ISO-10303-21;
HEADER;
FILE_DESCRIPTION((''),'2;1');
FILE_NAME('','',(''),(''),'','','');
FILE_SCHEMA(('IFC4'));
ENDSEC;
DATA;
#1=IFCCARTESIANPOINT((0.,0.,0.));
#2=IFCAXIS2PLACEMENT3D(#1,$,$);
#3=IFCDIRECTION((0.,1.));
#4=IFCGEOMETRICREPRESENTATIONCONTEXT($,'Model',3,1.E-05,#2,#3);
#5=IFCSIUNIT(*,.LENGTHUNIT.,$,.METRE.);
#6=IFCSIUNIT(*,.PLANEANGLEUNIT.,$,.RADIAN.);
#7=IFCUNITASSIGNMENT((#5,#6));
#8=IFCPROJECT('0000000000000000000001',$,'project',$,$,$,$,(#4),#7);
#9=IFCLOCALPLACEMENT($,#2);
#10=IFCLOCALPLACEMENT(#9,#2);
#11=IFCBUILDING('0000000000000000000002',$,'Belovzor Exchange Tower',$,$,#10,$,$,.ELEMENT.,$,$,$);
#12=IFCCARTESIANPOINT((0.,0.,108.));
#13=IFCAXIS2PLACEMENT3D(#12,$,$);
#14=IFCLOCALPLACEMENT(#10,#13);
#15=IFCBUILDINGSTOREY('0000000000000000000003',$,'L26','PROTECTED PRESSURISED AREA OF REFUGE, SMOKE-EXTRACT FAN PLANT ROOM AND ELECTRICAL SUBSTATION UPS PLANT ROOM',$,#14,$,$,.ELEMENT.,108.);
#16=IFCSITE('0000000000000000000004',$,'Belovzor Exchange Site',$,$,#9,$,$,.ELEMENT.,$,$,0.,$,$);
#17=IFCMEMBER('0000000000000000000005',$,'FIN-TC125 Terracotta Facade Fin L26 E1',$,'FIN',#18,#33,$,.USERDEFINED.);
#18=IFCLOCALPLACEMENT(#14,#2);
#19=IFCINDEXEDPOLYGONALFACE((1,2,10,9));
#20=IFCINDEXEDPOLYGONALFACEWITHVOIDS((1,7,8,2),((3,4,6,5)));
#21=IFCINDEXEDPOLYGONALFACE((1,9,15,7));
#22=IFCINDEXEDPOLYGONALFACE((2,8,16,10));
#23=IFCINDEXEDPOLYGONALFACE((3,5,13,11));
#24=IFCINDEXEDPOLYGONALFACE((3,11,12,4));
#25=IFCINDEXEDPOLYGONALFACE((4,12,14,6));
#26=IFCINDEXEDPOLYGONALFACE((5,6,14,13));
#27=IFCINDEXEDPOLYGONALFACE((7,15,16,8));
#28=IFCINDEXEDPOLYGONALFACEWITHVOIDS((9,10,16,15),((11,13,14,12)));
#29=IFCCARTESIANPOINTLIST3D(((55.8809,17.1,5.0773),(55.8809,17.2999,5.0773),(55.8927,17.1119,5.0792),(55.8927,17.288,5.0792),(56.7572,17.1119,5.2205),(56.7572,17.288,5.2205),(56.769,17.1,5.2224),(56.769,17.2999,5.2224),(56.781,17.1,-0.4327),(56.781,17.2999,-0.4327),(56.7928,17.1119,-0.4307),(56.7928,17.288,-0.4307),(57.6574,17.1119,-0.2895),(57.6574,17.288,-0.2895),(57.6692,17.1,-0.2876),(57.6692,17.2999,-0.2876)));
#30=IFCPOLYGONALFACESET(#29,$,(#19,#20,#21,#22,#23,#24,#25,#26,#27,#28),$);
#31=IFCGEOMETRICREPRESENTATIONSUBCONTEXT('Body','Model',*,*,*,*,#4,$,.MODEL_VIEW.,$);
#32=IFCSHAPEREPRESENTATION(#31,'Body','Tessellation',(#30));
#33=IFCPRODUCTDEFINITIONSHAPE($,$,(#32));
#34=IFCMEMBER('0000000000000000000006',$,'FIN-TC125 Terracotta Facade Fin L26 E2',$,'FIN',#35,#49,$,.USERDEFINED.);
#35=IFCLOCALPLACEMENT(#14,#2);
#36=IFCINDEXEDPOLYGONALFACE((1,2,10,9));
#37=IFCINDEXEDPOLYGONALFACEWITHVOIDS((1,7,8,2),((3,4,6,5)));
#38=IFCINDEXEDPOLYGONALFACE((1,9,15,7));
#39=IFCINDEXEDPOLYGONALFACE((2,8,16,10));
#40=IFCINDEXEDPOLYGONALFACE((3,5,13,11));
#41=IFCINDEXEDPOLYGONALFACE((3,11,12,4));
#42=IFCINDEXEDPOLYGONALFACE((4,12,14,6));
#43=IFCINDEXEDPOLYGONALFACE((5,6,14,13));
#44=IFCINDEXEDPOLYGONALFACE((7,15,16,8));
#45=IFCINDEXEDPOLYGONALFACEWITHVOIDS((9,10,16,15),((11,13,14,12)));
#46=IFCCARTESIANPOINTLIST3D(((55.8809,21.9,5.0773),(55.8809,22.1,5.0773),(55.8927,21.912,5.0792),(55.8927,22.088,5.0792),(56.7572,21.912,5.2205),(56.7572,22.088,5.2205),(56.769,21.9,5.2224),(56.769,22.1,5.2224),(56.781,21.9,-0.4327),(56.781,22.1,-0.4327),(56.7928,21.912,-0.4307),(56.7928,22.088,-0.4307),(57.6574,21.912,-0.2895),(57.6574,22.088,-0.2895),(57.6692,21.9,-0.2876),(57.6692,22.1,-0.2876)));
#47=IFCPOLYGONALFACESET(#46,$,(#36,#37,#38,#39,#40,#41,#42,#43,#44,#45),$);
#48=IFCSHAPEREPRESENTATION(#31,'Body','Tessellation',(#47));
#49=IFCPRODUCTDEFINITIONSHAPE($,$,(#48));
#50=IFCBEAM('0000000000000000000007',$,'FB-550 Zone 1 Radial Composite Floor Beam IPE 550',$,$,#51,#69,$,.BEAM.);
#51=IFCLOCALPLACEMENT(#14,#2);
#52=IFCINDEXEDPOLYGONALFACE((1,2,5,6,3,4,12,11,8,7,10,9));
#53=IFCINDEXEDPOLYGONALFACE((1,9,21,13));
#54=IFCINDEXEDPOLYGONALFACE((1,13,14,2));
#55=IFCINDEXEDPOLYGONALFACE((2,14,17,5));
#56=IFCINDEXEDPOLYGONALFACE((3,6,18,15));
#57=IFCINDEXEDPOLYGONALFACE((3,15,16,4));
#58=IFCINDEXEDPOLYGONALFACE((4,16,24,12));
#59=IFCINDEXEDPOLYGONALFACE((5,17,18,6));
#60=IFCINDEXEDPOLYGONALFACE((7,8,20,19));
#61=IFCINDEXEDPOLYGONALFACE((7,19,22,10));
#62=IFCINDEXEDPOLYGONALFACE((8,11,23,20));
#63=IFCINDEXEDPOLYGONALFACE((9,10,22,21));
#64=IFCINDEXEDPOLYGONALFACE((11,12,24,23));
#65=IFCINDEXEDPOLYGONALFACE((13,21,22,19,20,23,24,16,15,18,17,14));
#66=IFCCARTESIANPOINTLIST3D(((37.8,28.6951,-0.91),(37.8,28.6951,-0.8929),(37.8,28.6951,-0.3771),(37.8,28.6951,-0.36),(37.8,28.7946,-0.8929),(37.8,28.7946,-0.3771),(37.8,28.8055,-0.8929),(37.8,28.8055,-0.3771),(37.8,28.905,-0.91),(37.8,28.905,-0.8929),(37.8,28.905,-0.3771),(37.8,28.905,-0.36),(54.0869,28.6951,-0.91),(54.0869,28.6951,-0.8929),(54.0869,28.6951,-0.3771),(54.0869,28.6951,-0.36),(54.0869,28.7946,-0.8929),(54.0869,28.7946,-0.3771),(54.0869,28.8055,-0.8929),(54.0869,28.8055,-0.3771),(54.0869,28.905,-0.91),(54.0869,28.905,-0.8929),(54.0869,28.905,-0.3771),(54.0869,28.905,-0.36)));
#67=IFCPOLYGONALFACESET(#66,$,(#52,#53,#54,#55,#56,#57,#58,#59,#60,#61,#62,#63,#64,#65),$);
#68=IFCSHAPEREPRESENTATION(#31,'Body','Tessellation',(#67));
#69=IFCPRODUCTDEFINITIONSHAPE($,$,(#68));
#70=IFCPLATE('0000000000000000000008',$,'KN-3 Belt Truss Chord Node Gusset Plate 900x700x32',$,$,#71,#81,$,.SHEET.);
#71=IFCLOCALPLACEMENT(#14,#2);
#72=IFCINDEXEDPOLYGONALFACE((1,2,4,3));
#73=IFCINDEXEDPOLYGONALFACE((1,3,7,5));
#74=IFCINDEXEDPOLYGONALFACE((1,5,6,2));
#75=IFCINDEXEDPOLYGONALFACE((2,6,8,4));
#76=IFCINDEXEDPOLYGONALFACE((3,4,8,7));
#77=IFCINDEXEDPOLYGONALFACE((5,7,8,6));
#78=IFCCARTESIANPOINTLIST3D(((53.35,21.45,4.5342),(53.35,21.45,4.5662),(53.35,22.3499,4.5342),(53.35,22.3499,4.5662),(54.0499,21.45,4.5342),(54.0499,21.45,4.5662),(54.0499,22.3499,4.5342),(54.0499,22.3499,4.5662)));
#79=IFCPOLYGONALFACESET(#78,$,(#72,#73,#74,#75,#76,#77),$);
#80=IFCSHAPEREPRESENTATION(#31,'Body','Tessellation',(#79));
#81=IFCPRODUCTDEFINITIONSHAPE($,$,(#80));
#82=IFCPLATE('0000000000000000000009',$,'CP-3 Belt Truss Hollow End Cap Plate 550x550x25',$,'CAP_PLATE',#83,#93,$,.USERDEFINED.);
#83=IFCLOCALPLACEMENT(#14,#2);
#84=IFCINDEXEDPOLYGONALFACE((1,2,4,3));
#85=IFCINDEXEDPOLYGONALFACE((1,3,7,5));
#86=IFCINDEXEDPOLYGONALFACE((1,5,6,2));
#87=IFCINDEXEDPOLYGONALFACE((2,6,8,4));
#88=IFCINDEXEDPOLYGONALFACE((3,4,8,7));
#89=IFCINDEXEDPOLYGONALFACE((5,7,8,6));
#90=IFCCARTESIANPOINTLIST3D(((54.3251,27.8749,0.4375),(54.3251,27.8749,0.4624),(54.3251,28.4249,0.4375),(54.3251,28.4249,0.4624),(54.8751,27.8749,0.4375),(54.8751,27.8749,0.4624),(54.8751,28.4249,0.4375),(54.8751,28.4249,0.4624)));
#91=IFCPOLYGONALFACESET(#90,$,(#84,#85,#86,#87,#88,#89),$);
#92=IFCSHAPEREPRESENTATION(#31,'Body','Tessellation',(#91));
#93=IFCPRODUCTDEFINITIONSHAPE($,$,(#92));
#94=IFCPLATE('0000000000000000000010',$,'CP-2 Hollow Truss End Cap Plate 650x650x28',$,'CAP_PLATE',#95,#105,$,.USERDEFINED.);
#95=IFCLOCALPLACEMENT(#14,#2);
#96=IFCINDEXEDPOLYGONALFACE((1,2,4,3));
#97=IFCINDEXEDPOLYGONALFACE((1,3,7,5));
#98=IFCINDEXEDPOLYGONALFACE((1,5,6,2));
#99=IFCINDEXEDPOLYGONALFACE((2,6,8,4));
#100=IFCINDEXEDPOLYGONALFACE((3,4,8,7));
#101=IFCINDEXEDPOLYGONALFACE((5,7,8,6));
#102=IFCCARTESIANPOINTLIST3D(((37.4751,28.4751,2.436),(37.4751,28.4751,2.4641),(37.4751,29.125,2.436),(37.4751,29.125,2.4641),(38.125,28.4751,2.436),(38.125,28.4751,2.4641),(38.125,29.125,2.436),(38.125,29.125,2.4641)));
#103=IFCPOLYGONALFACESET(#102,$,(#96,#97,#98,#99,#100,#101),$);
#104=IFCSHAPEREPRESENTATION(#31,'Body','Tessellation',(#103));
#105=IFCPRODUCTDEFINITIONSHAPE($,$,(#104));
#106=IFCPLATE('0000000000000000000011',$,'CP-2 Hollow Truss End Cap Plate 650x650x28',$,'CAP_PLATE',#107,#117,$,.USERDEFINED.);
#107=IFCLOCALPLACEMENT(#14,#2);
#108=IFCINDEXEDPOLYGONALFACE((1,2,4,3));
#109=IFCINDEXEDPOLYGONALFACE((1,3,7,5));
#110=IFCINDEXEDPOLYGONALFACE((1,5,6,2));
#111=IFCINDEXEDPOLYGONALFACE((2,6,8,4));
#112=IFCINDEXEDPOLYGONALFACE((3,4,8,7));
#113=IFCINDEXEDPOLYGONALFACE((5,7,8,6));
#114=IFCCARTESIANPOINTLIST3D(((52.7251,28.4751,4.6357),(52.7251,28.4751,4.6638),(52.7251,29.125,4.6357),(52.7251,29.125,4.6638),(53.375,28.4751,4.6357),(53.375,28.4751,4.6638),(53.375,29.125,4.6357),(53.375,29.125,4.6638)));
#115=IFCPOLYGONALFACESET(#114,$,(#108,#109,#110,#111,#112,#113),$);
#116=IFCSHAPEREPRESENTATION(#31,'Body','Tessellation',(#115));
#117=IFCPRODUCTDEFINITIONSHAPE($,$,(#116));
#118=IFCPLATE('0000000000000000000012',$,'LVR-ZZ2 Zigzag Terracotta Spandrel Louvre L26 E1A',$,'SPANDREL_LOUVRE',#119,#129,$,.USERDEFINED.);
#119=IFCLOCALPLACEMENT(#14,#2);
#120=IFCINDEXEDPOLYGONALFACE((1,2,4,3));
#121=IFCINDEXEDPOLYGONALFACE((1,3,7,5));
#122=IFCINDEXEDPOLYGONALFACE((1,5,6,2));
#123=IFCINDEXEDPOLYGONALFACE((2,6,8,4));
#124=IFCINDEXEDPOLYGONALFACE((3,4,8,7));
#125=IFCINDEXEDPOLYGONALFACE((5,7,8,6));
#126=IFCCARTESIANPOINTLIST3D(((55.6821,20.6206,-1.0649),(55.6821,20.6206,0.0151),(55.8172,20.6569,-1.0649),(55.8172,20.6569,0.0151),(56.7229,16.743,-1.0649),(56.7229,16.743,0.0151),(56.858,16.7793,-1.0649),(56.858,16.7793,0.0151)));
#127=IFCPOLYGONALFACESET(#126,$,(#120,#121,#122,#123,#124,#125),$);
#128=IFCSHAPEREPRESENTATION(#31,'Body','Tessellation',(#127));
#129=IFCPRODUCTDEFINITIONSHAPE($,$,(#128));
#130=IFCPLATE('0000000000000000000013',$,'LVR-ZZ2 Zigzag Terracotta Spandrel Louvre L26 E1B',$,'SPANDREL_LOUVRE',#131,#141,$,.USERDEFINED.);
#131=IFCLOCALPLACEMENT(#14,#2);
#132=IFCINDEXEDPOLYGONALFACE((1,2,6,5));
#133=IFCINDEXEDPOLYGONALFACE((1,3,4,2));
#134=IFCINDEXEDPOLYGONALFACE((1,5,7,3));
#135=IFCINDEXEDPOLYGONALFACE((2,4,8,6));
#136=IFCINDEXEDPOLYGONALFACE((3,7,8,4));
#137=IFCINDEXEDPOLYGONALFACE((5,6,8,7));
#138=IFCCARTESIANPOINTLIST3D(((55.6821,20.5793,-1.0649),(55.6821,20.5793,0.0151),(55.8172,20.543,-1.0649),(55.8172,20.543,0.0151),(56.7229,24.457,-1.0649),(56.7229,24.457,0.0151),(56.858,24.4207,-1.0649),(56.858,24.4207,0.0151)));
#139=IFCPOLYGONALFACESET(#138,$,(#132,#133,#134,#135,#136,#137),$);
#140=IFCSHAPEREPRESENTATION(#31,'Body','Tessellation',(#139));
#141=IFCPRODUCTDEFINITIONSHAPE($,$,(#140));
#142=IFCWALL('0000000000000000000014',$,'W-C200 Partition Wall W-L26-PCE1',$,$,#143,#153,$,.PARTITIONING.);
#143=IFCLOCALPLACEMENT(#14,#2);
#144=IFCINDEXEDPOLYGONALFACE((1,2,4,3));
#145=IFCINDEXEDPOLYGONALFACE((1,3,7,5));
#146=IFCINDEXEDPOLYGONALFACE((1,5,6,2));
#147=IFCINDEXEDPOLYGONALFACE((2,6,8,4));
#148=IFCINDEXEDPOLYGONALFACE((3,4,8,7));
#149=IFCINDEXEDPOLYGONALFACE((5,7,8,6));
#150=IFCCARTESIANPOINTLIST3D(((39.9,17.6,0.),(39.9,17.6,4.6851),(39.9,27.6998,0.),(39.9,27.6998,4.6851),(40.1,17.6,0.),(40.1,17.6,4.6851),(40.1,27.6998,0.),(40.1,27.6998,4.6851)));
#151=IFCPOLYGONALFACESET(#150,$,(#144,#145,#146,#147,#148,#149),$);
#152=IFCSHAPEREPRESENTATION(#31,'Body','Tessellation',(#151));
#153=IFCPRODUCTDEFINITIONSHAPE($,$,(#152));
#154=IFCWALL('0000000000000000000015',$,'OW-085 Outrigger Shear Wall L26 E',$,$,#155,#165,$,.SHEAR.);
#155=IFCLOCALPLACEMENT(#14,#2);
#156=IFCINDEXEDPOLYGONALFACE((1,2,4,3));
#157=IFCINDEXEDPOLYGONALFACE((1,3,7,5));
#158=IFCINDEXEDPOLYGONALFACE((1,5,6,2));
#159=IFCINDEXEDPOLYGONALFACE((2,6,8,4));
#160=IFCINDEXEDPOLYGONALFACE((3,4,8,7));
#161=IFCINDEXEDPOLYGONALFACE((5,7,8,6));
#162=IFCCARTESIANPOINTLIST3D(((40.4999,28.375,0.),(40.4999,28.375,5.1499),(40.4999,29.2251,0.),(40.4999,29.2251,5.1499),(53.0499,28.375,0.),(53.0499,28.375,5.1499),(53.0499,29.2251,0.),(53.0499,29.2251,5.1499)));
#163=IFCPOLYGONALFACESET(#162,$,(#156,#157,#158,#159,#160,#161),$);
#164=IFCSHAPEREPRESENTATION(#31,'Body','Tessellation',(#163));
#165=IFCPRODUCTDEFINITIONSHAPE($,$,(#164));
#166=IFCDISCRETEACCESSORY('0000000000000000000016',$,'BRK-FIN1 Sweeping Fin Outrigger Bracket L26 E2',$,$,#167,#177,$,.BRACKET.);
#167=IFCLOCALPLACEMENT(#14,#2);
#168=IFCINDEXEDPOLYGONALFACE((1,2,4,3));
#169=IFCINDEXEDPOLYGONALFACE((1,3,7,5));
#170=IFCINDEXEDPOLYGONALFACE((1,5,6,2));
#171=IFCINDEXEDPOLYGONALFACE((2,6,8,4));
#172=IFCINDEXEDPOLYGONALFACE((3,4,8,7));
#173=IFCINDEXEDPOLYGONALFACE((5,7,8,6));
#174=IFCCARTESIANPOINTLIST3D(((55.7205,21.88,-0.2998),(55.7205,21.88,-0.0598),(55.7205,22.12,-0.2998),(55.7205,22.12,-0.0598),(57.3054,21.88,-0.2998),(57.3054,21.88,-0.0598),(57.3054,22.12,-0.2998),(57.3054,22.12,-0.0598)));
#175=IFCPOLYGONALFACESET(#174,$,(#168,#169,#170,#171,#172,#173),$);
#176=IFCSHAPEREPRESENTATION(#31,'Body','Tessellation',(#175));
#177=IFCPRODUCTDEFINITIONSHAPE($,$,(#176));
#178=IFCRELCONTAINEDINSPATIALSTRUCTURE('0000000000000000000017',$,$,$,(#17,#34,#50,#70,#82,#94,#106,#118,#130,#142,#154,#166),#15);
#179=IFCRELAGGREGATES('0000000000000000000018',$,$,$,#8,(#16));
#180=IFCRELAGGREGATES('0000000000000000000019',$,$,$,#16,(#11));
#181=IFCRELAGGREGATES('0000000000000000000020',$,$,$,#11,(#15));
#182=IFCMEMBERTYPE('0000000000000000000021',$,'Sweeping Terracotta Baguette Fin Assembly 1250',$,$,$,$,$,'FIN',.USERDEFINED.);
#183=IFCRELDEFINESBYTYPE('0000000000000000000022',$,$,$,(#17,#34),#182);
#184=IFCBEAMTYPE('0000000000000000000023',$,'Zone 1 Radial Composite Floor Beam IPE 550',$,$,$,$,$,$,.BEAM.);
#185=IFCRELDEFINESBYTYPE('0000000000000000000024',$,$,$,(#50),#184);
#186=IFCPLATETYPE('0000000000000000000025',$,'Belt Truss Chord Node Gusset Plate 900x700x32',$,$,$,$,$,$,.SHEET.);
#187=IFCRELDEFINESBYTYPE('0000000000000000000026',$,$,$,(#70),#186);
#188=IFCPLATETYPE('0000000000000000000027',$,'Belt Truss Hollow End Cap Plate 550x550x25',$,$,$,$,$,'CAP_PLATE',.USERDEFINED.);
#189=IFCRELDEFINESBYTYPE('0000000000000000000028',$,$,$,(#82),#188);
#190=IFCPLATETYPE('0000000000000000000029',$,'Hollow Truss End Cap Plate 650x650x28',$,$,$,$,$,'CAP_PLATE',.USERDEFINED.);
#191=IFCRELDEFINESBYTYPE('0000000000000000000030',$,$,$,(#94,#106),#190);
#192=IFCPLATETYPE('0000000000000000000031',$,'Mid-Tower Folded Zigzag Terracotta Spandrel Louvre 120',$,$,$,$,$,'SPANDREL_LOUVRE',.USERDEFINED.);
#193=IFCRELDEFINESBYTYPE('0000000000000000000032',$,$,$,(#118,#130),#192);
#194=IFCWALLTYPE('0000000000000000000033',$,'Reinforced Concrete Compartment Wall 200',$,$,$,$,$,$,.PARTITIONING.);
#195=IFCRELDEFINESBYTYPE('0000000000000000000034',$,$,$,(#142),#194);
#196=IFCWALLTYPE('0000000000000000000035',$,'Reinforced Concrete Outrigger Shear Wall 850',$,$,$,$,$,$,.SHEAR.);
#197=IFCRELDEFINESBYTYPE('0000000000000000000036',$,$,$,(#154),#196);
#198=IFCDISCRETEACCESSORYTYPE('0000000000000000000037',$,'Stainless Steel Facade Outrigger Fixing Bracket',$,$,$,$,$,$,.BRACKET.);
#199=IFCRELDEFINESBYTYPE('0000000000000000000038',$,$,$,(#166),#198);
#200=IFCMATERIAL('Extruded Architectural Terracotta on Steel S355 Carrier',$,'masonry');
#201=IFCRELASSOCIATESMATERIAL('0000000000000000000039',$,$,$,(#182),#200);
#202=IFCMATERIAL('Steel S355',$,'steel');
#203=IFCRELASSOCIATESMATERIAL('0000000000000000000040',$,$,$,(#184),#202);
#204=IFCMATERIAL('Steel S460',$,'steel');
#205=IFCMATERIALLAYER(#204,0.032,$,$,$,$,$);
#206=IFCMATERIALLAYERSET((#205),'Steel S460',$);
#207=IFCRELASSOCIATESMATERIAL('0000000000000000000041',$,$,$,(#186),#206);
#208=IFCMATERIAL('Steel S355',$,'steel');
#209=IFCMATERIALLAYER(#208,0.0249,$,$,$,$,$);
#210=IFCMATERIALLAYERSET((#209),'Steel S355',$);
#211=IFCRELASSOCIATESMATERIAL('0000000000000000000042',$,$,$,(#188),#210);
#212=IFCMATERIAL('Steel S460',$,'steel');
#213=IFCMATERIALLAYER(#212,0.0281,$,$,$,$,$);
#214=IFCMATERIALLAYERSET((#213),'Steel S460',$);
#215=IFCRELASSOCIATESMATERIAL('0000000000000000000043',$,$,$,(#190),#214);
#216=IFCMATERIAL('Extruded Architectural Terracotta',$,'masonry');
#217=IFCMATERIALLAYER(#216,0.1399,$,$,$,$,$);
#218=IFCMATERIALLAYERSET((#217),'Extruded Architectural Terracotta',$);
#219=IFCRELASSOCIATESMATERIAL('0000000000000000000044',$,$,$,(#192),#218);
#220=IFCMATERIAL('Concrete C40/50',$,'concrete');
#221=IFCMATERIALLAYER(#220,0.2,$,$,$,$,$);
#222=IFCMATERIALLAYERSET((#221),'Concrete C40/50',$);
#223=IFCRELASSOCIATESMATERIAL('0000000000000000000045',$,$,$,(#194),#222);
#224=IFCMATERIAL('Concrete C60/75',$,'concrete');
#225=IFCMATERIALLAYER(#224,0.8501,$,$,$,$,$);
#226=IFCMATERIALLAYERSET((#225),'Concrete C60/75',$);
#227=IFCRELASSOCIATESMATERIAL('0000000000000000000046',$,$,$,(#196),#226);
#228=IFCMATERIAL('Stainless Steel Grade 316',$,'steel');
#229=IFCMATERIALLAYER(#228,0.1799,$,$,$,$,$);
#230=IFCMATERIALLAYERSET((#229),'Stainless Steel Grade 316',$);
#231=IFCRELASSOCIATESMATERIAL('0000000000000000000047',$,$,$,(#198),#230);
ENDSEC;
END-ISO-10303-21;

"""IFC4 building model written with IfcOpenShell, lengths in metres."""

from ifc_helpers import new_model, si_unit, direction, frame, frame_2d, origin, origin_2d, place, context, subcontext, project, spatial, rectangle, hollow_rectangle, i_section, extrude, material, layer, layer_set, material_profile, profile_set, type_object, element, save


model = new_model("IFC4")

# Units and contexts
model_context = context("Model", 3, precision=1e-05, world=origin(), true_north=direction((0.0, 1.0)))
body_context = subcontext(model_context, "Body", "Model", "MODEL_VIEW")
ifc_project = project(units=[si_unit("LENGTHUNIT", "METRE"), si_unit("PLANEANGLEUNIT", "RADIAN")], contexts=[model_context])

# Site, building, storey
site_placement = place(None, origin())
site = spatial("IfcSite", under=ifc_project, at=site_placement, Name="Belovzor Exchange Site", CompositionType="ELEMENT", RefElevation=0.0)
building_placement = place(site_placement, origin())
building = spatial("IfcBuilding", under=site, at=building_placement, Name="Belovzor Exchange Tower", CompositionType="ELEMENT")
storey_placement = place(building_placement, frame((0.0, 0.0, 108.0)))
storey = spatial("IfcBuildingStorey", under=building, at=storey_placement, Name="L26", Description="PROTECTED PRESSURISED AREA OF REFUGE, SMOKE-EXTRACT FAN PLANT ROOM AND ELECTRICAL SUBSTATION UPS PLANT ROOM", CompositionType="ELEMENT", Elevation=108.0)

# Members
ifc_material_1 = material(Name="Extruded Architectural Terracotta on Steel S355 Carrier", Category="masonry")
ifc_material_profile_1 = material_profile(ifc_material_1, hollow_rectangle(XDim=0.2, YDim=0.8999, WallThickness=0.012, at=origin_2d()))
ifc_profile_set_1 = profile_set([ifc_material_profile_1], Name="Extruded Architectural Terracotta on Steel S355 Carrier")
member_type_1 = type_object("IfcMemberType", Name="Sweeping Terracotta Baguette Fin Assembly 1250", ElementType="FIN", PredefinedType="USERDEFINED", material=ifc_profile_set_1)
for number, where, z_axis, x_axis, name in (
    (1, (57.2251, 17.2, -0.3601), (-0.161228, 0.0, 0.986917), (0.0, -1.0, 0.0), "FIN-TC125 Terracotta Facade Fin L26 E1"),
    (2, (57.2251, 22.0, -0.3601), (-0.161228, 0.0, 0.986917), (0.0, -1.0, 0.0), "FIN-TC125 Terracotta Facade Fin L26 E2"),
):
    element("IfcMember", number, at=place(storey_placement, frame(where, z_axis=z_axis, x_axis=x_axis)), inside=storey, type_object=member_type_1, Name=name, ObjectType="FIN", PredefinedType="USERDEFINED", context=body_context, shape_type="SweptSolid", body=[
        extrude(hollow_rectangle(XDim=0.2, YDim=0.8999, WallThickness=0.012, at=origin_2d()), origin(), (0.0, 0.0, 1.0), 5.583),
    ])

# Beam
ifc_material_2 = material(Name="Steel S355", Category="steel")
ifc_material_profile_2 = material_profile(ifc_material_2, i_section(OverallWidth=0.21, OverallDepth=0.55, WebThickness=0.011, FlangeThickness=0.0171, at=origin_2d()))
ifc_profile_set_2 = profile_set([ifc_material_profile_2], Name="Steel S355")
beam_type_1 = type_object("IfcBeamType", Name="Zone 1 Radial Composite Floor Beam IPE 550", PredefinedType="BEAM", material=ifc_profile_set_2)
beam_1_placement = place(storey_placement, frame((37.8, 28.8, -0.635), z_axis=(1.0, 0.0, 0.0), x_axis=(0.0, 1.0, 0.0)))
element("IfcBeam", 3, at=beam_1_placement, inside=storey, type_object=beam_type_1, Name="FB-550 Zone 1 Radial Composite Floor Beam IPE 550", PredefinedType="BEAM", context=body_context, shape_type="SweptSolid", body=[
    extrude(i_section(OverallWidth=0.21, OverallDepth=0.55, WebThickness=0.011, FlangeThickness=0.0171, at=origin_2d()), origin(), (0.0, 0.0, 1.0), 16.2869),
])

# Plates
ifc_material_3 = material(Name="Steel S460", Category="steel")
ifc_layer_1 = layer(ifc_material_3, 0.032)
ifc_layer_set_1 = layer_set([ifc_layer_1], Name="Steel S460")
plate_type_1 = type_object("IfcPlateType", Name="Belt Truss Chord Node Gusset Plate 900x700x32", PredefinedType="SHEET", material=ifc_layer_set_1)
plate_1_placement = place(storey_placement, frame((53.7, 21.8999, 4.5342), z_axis=(0.0, 0.0, 1.0), x_axis=(0.0, 1.0, 0.0)))
element("IfcPlate", 4, at=plate_1_placement, inside=storey, type_object=plate_type_1, Name="KN-3 Belt Truss Chord Node Gusset Plate 900x700x32", PredefinedType="SHEET", context=body_context, shape_type="SweptSolid", body=[
    extrude(rectangle(XDim=0.8999, YDim=0.7, at=origin_2d()), origin(), (0.0, 0.0, 1.0), 0.032),
])
ifc_material_4 = material(Name="Steel S355", Category="steel")
ifc_layer_2 = layer(ifc_material_4, 0.0249)
ifc_layer_set_2 = layer_set([ifc_layer_2], Name="Steel S355")
plate_type_2 = type_object("IfcPlateType", Name="Belt Truss Hollow End Cap Plate 550x550x25", ElementType="CAP_PLATE", PredefinedType="USERDEFINED", material=ifc_layer_set_2)
plate_2_placement = place(storey_placement, frame((54.6001, 28.1499, 0.4375), z_axis=(0.0, 0.0, 1.0), x_axis=(0.0, 1.0, 0.0)))
element("IfcPlate", 5, at=plate_2_placement, inside=storey, type_object=plate_type_2, Name="CP-3 Belt Truss Hollow End Cap Plate 550x550x25", ObjectType="CAP_PLATE", PredefinedType="USERDEFINED", context=body_context, shape_type="SweptSolid", body=[
    extrude(rectangle(XDim=0.55, YDim=0.55, at=origin_2d()), origin(), (0.0, 0.0, 1.0), 0.0249),
])
ifc_material_5 = material(Name="Steel S460", Category="steel")
ifc_layer_3 = layer(ifc_material_5, 0.0281)
ifc_layer_set_3 = layer_set([ifc_layer_3], Name="Steel S460")
plate_type_3 = type_object("IfcPlateType", Name="Hollow Truss End Cap Plate 650x650x28", ElementType="CAP_PLATE", PredefinedType="USERDEFINED", material=ifc_layer_set_3)
for number, where, z_axis, x_axis, name in (
    (6, (37.8, 28.8, 2.436), (0.0, 0.0, 1.0), (1.0, 0.0, 0.0), "CP-2 Hollow Truss End Cap Plate 650x650x28"),
    (7, (53.05, 28.8, 4.6357), (0.0, 0.0, 1.0), (1.0, 0.0, 0.0), "CP-2 Hollow Truss End Cap Plate 650x650x28"),
):
    element("IfcPlate", number, at=place(storey_placement, frame(where, z_axis=z_axis, x_axis=x_axis)), inside=storey, type_object=plate_type_3, Name=name, ObjectType="CAP_PLATE", PredefinedType="USERDEFINED", context=body_context, shape_type="SweptSolid", body=[
        extrude(rectangle(XDim=0.6499, YDim=0.6499, at=origin_2d()), origin(), (0.0, 0.0, 1.0), 0.0281),
    ])
ifc_material_6 = material(Name="Extruded Architectural Terracotta", Category="masonry")
ifc_layer_4 = layer(ifc_material_6, 0.1399)
ifc_layer_set_4 = layer_set([ifc_layer_4], Name="Extruded Architectural Terracotta")
plate_type_4 = type_object("IfcPlateType", Name="Mid-Tower Folded Zigzag Terracotta Spandrel Louvre 120", ElementType="SPANDREL_LOUVRE", PredefinedType="USERDEFINED", material=ifc_layer_set_4)
for number, where, z_axis, x_axis, name in (
    (8, (56.27, 18.7, -1.0649), (0.0, 0.0, 1.0), (-0.25924, 0.965813, 0.0), "LVR-ZZ2 Zigzag Terracotta Spandrel Louvre L26 E1A"),
    (9, (56.27, 22.5, -1.0649), (0.0, 0.0, 1.0), (0.25924, 0.965813, 0.0), "LVR-ZZ2 Zigzag Terracotta Spandrel Louvre L26 E1B"),
):
    element("IfcPlate", number, at=place(storey_placement, frame(where, z_axis=z_axis, x_axis=x_axis)), inside=storey, type_object=plate_type_4, Name=name, ObjectType="SPANDREL_LOUVRE", PredefinedType="USERDEFINED", context=body_context, shape_type="SweptSolid", body=[
        extrude(rectangle(XDim=4.0149, YDim=0.1399, at=origin_2d()), origin(), (0.0, 0.0, 1.0), 1.0801),
    ])

# Walls
ifc_material_7 = material(Name="Concrete C40/50", Category="concrete")
ifc_layer_5 = layer(ifc_material_7, 0.2)
ifc_layer_set_5 = layer_set([ifc_layer_5], Name="Concrete C40/50")
wall_type_1 = type_object("IfcWallType", Name="Reinforced Concrete Compartment Wall 200", PredefinedType="PARTITIONING", material=ifc_layer_set_5)
wall_1_placement = place(storey_placement, frame((40.0, 17.6001, 0.0), z_axis=(0.0, 0.0, 1.0), x_axis=(0.0, 1.0, 0.0)))
element("IfcWall", 10, at=wall_1_placement, inside=storey, type_object=wall_type_1, Name="W-C200 Partition Wall W-L26-PCE1", PredefinedType="PARTITIONING", context=body_context, shape_type="SweptSolid", body=[
    extrude(rectangle(XDim=10.0999, YDim=0.2, at=frame_2d((5.0498, 0.0))), origin(), (0.0, 0.0, 1.0), 4.6851),
])
ifc_material_8 = material(Name="Concrete C60/75", Category="concrete")
ifc_layer_6 = layer(ifc_material_8, 0.8501)
ifc_layer_set_6 = layer_set([ifc_layer_6], Name="Concrete C60/75")
wall_type_2 = type_object("IfcWallType", Name="Reinforced Concrete Outrigger Shear Wall 850", PredefinedType="SHEAR", material=ifc_layer_set_6)
wall_2_placement = place(storey_placement, frame((40.5, 28.8, 0.0), z_axis=(0.0, 0.0, 1.0), x_axis=(1.0, 0.0, 0.0)))
element("IfcWall", 11, at=wall_2_placement, inside=storey, type_object=wall_type_2, Name="OW-085 Outrigger Shear Wall L26 E", PredefinedType="SHEAR", context=body_context, shape_type="SweptSolid", body=[
    extrude(rectangle(XDim=12.55, YDim=0.8501, at=frame_2d((6.2749, 0.0))), origin(), (0.0, 0.0, 1.0), 5.1499),
])

# Discrete accessory
ifc_material_9 = material(Name="Stainless Steel Grade 316", Category="steel")
ifc_layer_7 = layer(ifc_material_9, 0.1799)
ifc_layer_set_7 = layer_set([ifc_layer_7], Name="Stainless Steel Grade 316")
discrete_accessory_type = type_object("IfcDiscreteAccessoryType", Name="Stainless Steel Facade Outrigger Fixing Bracket", PredefinedType="BRACKET", material=ifc_layer_set_7)
discrete_accessory_placement = place(storey_placement, frame((56.5129, 22.0, -0.2998), z_axis=(0.0, 0.0, 1.0), x_axis=(1.0, 0.0, 0.0)))
element("IfcDiscreteAccessory", 12, at=discrete_accessory_placement, inside=storey, type_object=discrete_accessory_type, Name="BRK-FIN1 Sweeping Fin Outrigger Bracket L26 E2", PredefinedType="BRACKET", context=body_context, shape_type="SweptSolid", body=[
    extrude(rectangle(XDim=1.585, YDim=0.24, at=origin_2d()), origin(), (0.0, 0.0, 1.0), 0.24),
])

save(model, "model.ifc")
